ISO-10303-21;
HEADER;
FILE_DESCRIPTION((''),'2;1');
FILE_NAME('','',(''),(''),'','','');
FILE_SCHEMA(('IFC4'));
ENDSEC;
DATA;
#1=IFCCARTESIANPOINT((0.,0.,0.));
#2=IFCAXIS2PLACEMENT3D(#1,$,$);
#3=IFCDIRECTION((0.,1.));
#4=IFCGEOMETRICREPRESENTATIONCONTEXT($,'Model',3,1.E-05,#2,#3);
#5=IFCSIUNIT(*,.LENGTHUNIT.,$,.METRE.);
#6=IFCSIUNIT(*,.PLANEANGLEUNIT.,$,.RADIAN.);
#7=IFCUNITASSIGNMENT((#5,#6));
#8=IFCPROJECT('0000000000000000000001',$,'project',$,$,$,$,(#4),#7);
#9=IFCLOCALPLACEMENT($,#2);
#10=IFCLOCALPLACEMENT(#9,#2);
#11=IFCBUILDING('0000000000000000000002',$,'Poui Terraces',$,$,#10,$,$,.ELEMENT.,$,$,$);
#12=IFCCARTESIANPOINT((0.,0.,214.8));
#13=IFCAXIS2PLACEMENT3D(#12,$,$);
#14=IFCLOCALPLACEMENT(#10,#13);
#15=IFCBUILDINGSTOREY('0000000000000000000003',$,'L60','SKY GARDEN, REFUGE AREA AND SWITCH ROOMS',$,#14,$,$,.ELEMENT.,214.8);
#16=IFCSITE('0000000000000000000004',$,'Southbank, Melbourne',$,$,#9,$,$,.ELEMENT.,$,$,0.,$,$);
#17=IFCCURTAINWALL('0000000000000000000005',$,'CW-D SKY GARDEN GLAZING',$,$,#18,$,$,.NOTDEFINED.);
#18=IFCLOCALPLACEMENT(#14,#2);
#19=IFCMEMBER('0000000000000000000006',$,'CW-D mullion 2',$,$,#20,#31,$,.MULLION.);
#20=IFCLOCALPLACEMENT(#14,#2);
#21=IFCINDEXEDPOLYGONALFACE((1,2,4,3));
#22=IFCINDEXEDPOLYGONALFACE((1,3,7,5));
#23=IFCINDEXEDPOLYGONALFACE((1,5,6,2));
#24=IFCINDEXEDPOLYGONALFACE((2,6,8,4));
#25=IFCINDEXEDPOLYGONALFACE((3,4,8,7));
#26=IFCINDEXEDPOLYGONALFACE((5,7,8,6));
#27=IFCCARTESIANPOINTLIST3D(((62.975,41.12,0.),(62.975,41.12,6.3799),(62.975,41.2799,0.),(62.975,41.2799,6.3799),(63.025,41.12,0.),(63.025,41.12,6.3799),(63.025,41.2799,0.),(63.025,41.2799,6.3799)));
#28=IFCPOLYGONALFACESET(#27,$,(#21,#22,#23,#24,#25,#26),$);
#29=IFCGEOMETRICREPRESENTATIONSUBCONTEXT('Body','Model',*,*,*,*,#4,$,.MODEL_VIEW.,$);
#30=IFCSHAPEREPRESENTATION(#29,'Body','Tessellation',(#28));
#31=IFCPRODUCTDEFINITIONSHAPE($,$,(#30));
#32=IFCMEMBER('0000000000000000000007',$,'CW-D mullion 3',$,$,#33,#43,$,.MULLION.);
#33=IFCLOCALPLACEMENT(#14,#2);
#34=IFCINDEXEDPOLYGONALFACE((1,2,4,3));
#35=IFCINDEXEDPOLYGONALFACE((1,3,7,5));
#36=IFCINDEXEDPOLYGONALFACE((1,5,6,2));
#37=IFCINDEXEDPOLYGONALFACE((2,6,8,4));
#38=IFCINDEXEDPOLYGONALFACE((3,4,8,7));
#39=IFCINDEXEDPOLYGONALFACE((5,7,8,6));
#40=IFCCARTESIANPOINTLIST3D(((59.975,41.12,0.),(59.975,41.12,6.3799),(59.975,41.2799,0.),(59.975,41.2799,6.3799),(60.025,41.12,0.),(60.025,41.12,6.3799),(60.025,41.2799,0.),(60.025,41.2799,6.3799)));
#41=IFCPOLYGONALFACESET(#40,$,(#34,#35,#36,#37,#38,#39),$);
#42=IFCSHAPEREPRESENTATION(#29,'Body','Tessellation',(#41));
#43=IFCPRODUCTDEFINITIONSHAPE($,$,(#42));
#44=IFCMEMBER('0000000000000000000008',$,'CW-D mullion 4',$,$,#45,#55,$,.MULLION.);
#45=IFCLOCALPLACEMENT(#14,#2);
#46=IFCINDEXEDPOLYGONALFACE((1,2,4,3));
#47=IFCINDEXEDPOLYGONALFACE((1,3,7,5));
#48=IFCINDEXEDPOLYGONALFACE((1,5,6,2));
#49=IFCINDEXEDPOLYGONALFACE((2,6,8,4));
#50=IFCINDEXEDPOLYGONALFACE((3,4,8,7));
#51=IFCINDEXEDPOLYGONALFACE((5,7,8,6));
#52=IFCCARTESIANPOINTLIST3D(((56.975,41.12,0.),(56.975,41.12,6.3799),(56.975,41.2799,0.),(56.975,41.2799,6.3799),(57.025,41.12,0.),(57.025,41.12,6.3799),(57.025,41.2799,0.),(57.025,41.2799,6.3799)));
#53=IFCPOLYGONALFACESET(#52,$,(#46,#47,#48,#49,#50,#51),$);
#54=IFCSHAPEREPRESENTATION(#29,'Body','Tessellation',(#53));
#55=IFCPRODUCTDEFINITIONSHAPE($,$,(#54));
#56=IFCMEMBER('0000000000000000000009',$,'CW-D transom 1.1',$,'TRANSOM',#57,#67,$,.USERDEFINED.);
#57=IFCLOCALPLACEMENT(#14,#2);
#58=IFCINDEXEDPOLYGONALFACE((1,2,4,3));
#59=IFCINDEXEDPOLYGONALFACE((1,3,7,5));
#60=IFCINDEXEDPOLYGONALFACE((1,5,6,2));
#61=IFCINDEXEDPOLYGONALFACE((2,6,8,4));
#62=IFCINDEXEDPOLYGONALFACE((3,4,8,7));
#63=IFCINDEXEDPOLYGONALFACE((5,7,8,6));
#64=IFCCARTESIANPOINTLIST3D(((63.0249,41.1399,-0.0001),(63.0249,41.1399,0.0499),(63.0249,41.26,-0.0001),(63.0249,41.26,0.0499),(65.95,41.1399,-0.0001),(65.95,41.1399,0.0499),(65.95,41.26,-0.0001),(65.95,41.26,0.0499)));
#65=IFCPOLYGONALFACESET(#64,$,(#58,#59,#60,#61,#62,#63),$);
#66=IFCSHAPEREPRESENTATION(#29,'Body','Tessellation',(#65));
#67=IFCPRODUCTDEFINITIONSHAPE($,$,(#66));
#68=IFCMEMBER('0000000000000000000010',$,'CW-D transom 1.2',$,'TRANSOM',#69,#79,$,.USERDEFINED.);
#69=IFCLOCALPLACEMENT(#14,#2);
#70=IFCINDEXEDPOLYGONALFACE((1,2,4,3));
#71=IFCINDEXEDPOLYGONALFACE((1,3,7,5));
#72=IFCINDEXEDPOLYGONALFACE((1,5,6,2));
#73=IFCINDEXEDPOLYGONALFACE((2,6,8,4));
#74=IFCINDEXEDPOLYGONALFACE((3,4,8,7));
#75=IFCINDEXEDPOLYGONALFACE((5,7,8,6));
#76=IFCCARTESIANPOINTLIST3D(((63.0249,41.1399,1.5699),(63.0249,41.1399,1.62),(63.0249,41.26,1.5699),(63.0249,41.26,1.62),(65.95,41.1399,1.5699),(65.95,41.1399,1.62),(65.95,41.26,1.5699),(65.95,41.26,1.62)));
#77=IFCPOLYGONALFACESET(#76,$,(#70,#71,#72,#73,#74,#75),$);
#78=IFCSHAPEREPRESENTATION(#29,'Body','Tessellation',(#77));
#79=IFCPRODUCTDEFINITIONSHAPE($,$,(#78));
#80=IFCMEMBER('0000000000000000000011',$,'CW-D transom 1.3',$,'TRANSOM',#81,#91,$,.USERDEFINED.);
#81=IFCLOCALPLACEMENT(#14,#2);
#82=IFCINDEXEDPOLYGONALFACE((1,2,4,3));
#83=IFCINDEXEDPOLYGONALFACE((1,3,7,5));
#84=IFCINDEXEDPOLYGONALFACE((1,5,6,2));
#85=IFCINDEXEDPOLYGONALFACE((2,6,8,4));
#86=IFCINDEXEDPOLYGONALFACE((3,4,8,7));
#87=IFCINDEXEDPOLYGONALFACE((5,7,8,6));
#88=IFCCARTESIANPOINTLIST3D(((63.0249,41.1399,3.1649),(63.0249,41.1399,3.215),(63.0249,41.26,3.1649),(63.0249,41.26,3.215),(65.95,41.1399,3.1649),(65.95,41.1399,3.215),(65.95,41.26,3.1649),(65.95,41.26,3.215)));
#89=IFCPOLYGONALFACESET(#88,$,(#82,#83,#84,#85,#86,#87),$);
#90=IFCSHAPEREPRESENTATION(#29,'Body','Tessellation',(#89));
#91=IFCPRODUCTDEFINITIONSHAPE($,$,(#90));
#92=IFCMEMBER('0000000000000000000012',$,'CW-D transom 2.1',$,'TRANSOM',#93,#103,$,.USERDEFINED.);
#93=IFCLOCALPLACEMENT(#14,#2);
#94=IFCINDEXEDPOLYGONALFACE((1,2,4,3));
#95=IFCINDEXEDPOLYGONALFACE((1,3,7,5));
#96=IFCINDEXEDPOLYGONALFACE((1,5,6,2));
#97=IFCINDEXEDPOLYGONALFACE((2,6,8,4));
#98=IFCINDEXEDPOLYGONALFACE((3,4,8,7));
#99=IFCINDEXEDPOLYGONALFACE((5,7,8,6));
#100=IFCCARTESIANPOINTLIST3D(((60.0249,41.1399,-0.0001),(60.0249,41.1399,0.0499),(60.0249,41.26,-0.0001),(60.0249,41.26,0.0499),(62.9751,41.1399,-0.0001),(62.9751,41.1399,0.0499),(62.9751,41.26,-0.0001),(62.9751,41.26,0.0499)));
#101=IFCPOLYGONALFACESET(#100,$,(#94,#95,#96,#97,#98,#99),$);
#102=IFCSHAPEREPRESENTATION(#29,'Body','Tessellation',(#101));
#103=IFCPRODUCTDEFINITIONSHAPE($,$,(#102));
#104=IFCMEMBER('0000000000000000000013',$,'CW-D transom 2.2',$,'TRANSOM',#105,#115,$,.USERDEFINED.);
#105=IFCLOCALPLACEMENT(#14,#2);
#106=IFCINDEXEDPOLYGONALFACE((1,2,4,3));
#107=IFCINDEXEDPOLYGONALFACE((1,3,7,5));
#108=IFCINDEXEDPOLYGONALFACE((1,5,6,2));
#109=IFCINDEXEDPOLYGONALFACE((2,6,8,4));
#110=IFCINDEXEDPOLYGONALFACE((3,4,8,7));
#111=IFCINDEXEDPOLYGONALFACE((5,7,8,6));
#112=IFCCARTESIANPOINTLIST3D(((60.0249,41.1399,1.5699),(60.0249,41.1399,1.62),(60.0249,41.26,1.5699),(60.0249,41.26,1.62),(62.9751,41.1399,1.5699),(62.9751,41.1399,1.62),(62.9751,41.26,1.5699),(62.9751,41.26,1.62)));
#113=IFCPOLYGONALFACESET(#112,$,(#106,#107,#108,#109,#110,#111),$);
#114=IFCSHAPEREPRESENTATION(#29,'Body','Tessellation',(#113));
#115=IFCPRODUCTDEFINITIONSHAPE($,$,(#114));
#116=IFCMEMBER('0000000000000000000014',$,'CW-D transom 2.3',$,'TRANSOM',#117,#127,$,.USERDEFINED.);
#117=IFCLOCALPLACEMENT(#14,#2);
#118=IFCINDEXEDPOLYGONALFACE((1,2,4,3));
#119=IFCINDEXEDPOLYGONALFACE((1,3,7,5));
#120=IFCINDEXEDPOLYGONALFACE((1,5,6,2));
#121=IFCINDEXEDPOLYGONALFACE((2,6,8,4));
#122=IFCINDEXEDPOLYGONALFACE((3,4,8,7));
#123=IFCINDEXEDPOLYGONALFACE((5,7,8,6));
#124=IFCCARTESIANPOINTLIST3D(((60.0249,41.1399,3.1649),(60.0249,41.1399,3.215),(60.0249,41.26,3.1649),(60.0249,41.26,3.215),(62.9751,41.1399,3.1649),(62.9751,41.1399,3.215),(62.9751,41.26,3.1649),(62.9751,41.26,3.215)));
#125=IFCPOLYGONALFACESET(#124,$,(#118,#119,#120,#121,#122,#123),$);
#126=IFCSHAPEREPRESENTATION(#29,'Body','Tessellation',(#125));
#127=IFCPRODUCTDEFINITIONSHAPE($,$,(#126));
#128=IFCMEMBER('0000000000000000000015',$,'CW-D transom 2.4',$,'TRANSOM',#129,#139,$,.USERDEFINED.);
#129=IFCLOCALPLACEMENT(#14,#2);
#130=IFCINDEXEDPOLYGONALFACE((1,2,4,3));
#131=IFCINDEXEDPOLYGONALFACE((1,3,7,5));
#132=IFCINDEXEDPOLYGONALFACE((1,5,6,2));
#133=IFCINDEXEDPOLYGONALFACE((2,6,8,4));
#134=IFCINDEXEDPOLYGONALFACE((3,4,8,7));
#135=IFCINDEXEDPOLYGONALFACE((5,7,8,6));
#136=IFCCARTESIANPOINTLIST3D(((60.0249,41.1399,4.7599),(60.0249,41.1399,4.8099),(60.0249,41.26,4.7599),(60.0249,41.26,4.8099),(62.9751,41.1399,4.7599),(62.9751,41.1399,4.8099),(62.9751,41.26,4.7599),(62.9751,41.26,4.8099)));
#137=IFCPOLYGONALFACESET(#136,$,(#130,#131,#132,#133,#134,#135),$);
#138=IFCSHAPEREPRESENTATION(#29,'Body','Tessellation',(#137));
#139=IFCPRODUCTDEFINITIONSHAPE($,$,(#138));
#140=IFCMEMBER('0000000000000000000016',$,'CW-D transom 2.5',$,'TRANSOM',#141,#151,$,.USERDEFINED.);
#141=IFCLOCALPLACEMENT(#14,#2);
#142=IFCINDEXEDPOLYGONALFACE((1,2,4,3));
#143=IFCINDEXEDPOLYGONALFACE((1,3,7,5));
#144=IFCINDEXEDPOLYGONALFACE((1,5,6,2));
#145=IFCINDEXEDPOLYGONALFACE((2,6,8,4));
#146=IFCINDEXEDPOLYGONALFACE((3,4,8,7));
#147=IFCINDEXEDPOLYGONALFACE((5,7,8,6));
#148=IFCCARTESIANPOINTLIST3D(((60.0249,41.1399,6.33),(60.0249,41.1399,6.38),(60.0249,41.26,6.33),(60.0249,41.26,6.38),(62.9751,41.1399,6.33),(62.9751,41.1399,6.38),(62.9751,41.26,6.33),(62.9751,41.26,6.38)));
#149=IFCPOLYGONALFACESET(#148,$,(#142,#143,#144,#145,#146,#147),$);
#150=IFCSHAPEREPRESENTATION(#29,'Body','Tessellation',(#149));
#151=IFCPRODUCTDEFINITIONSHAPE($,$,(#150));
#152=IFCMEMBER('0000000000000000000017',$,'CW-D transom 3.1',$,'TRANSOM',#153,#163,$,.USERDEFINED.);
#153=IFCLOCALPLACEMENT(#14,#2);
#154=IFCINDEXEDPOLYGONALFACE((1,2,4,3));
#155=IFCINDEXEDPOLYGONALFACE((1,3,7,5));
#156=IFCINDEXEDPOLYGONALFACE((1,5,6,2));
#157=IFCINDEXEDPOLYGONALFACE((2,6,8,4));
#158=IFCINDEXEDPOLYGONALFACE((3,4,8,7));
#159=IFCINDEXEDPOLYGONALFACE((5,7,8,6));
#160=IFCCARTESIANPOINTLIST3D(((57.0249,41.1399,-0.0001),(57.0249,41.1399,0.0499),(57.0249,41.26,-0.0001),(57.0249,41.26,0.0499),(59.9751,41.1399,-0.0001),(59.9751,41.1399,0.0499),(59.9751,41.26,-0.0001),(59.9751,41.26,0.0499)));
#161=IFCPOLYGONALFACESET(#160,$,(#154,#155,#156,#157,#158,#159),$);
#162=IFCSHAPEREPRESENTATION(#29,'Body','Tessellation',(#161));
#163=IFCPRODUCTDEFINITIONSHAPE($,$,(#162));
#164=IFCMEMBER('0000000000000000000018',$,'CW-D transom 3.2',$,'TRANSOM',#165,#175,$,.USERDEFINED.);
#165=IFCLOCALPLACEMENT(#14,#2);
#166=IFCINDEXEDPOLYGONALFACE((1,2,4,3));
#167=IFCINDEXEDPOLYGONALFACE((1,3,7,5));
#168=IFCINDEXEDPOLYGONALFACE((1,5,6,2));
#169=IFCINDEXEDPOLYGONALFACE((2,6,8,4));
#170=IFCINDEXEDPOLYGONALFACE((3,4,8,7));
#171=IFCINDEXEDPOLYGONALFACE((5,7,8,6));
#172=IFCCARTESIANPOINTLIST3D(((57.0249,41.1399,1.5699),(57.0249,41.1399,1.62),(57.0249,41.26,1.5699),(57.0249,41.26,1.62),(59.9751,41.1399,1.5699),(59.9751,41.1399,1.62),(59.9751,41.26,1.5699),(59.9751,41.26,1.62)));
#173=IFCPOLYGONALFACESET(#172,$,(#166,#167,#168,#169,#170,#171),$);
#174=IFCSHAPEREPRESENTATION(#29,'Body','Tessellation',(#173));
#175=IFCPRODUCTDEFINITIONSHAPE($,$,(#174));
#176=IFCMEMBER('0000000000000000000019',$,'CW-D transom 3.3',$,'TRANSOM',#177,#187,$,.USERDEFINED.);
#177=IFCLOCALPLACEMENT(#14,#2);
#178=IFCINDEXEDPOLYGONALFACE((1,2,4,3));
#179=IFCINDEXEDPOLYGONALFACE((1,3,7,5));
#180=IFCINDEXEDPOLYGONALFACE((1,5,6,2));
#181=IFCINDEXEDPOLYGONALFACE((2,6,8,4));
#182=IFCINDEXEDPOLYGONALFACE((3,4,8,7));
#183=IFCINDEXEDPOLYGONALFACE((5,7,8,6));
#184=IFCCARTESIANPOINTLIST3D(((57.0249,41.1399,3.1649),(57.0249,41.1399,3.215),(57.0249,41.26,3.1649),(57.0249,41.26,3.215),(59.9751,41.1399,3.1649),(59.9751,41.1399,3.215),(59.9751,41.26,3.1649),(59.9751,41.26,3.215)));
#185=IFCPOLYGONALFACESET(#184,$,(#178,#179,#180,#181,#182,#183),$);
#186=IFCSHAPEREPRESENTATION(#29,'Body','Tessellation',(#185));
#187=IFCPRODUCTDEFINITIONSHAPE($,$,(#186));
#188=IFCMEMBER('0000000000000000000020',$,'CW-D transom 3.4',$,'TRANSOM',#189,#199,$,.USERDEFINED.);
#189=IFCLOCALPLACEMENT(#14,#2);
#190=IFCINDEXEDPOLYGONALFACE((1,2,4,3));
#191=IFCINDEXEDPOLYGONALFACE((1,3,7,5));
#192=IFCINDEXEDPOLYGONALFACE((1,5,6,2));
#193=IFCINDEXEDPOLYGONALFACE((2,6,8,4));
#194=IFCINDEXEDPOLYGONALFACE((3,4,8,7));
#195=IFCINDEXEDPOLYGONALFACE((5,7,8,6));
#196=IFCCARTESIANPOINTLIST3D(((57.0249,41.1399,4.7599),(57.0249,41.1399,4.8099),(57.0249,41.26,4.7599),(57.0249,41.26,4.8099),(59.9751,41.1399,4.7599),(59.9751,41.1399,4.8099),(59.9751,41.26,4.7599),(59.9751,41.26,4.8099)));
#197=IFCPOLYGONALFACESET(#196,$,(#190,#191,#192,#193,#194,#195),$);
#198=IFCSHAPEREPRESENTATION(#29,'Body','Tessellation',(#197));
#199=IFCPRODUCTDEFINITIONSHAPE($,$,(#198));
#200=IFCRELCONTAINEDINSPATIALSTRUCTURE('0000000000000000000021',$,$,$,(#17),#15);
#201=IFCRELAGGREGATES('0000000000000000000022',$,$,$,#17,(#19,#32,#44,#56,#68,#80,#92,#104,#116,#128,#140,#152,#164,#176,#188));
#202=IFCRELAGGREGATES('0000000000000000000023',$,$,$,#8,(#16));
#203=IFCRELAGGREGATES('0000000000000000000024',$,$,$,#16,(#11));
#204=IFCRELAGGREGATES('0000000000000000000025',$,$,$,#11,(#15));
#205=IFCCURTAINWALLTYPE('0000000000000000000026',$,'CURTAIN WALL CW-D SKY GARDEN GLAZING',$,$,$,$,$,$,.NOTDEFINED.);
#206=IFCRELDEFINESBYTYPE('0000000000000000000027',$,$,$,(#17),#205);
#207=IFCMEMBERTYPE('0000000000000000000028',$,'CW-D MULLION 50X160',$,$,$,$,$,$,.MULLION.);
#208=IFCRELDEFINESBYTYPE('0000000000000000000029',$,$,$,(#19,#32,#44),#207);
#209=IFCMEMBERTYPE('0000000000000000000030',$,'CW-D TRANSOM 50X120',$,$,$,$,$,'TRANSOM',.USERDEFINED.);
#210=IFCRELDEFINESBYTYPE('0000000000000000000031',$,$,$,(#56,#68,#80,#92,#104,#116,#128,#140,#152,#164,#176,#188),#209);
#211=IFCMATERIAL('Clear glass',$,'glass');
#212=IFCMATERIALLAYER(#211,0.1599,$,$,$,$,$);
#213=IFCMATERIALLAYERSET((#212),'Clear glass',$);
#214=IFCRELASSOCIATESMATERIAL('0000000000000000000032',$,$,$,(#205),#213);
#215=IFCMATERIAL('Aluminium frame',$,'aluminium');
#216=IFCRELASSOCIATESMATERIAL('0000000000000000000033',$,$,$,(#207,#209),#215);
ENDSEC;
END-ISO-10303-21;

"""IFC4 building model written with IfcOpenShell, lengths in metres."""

from ifc_helpers import new_model, si_unit, direction, frame, origin, origin_2d, place, context, subcontext, project, spatial, rectangle, extrude, material, layer, layer_set, material_profile, profile_set, type_object, element, aggregate, save


model = new_model("IFC4")

# Units and contexts
model_context = context("Model", 3, precision=1e-05, world=origin(), true_north=direction((0.0, 1.0)))
body_context = subcontext(model_context, "Body", "Model", "MODEL_VIEW")
ifc_project = project(units=[si_unit("LENGTHUNIT", "METRE"), si_unit("PLANEANGLEUNIT", "RADIAN")], contexts=[model_context])

# Site, building, storey
site_placement = place(None, origin())
site = spatial("IfcSite", under=ifc_project, at=site_placement, Name="Southbank, Melbourne", CompositionType="ELEMENT", RefElevation=0.0)
building_placement = place(site_placement, origin())
building = spatial("IfcBuilding", under=site, at=building_placement, Name="Poui Terraces", CompositionType="ELEMENT")
storey_placement = place(building_placement, frame((0.0, 0.0, 214.8)))
storey = spatial("IfcBuildingStorey", under=building, at=storey_placement, Name="L60", Description="SKY GARDEN, REFUGE AREA AND SWITCH ROOMS", CompositionType="ELEMENT", Elevation=214.8)

# Curtain wall, members
ifc_material_1 = material(Name="Clear glass", Category="glass")
ifc_layer_1 = layer(ifc_material_1, 0.1599)
ifc_layer_set_1 = layer_set([ifc_layer_1], Name="Clear glass")
curtain_wall_type = type_object("IfcCurtainWallType", Name="CURTAIN WALL CW-D SKY GARDEN GLAZING", PredefinedType="NOTDEFINED", material=ifc_layer_set_1)
curtain_wall_placement = place(storey_placement, origin())
curtain_wall = element("IfcCurtainWall", 1, at=curtain_wall_placement, inside=storey, type_object=curtain_wall_type, Name="CW-D SKY GARDEN GLAZING", PredefinedType="NOTDEFINED")
ifc_material_2 = material(Name="Aluminium frame", Category="aluminium")
ifc_material_profile_1 = material_profile(ifc_material_2, rectangle(XDim=0.1599, YDim=0.05, at=origin_2d()), Name="CW-D MULLION 50X160")
ifc_profile_set_1 = profile_set([ifc_material_profile_1], Name="Aluminium frame")
member_type_1 = type_object("IfcMemberType", Name="CW-D MULLION 50X160", PredefinedType="MULLION", material=ifc_profile_set_1)
member_1_placement = place(storey_placement, frame((63.0, 41.2, 0.0), z_axis=(0.0, 0.0, 1.0), x_axis=(0.0, -1.0, 0.0)))
member_1 = element("IfcMember", 2, at=member_1_placement, type_object=member_type_1, Name="CW-D mullion 2", PredefinedType="MULLION", context=body_context, shape_type="SweptSolid", body=[
    extrude(rectangle(XDim=0.1599, YDim=0.05, at=origin_2d()), origin(), (0.0, 0.0, 1.0), 6.3799),
])
member_2_placement = place(storey_placement, frame((60.0, 41.2, 0.0), z_axis=(0.0, 0.0, 1.0), x_axis=(0.0, -1.0, 0.0)))
member_2 = element("IfcMember", 3, at=member_2_placement, type_object=member_type_1, Name="CW-D mullion 3", PredefinedType="MULLION", context=body_context, shape_type="SweptSolid", body=[
    extrude(rectangle(XDim=0.1599, YDim=0.05, at=origin_2d()), origin(), (0.0, 0.0, 1.0), 6.3799),
])
member_3_placement = place(storey_placement, frame((57.0, 41.2, 0.0), z_axis=(0.0, 0.0, 1.0), x_axis=(0.0, -1.0, 0.0)))
member_3 = element("IfcMember", 4, at=member_3_placement, type_object=member_type_1, Name="CW-D mullion 4", PredefinedType="MULLION", context=body_context, shape_type="SweptSolid", body=[
    extrude(rectangle(XDim=0.1599, YDim=0.05, at=origin_2d()), origin(), (0.0, 0.0, 1.0), 6.3799),
])
ifc_material_profile_2 = material_profile(ifc_material_2, rectangle(XDim=0.1201, YDim=0.05, at=origin_2d()), Name="CW-D TRANSOM 50X120")
ifc_profile_set_2 = profile_set([ifc_material_profile_2], Name="Aluminium frame")
member_type_2 = type_object("IfcMemberType", Name="CW-D TRANSOM 50X120", ElementType="TRANSOM", PredefinedType="USERDEFINED", material=ifc_profile_set_2)
member_4_placement = place(storey_placement, frame((65.95, 41.2, 0.0249), z_axis=(-1.0, 0.0, 0.0), x_axis=(0.0, -1.0, 0.0)))
member_4 = element("IfcMember", 5, at=member_4_placement, type_object=member_type_2, Name="CW-D transom 1.1", ObjectType="TRANSOM", PredefinedType="USERDEFINED", context=body_context, shape_type="SweptSolid", body=[
    extrude(rectangle(XDim=0.1201, YDim=0.05, at=origin_2d()), origin(), (0.0, 0.0, 1.0), 2.925),
])
member_5_placement = place(storey_placement, frame((65.95, 41.2, 1.595), z_axis=(-1.0, 0.0, 0.0), x_axis=(0.0, -1.0, 0.0)))
member_5 = element("IfcMember", 6, at=member_5_placement, type_object=member_type_2, Name="CW-D transom 1.2", ObjectType="TRANSOM", PredefinedType="USERDEFINED", context=body_context, shape_type="SweptSolid", body=[
    extrude(rectangle(XDim=0.1201, YDim=0.05, at=origin_2d()), origin(), (0.0, 0.0, 1.0), 2.925),
])
member_6_placement = place(storey_placement, frame((65.95, 41.2, 3.1899), z_axis=(-1.0, 0.0, 0.0), x_axis=(0.0, -1.0, 0.0)))
member_6 = element("IfcMember", 7, at=member_6_placement, type_object=member_type_2, Name="CW-D transom 1.3", ObjectType="TRANSOM", PredefinedType="USERDEFINED", context=body_context, shape_type="SweptSolid", body=[
    extrude(rectangle(XDim=0.1201, YDim=0.05, at=origin_2d()), origin(), (0.0, 0.0, 1.0), 2.925),
])
member_7_placement = place(storey_placement, frame((62.9751, 41.2, 0.0249), z_axis=(-1.0, 0.0, 0.0), x_axis=(0.0, -1.0, 0.0)))
member_7 = element("IfcMember", 8, at=member_7_placement, type_object=member_type_2, Name="CW-D transom 2.1", ObjectType="TRANSOM", PredefinedType="USERDEFINED", context=body_context, shape_type="SweptSolid", body=[
    extrude(rectangle(XDim=0.1201, YDim=0.05, at=origin_2d()), origin(), (0.0, 0.0, 1.0), 2.9502),
])
member_8_placement = place(storey_placement, frame((62.9751, 41.2, 1.595), z_axis=(-1.0, 0.0, 0.0), x_axis=(0.0, -1.0, 0.0)))
member_8 = element("IfcMember", 9, at=member_8_placement, type_object=member_type_2, Name="CW-D transom 2.2", ObjectType="TRANSOM", PredefinedType="USERDEFINED", context=body_context, shape_type="SweptSolid", body=[
    extrude(rectangle(XDim=0.1201, YDim=0.05, at=origin_2d()), origin(), (0.0, 0.0, 1.0), 2.9502),
])
member_9_placement = place(storey_placement, frame((62.9751, 41.2, 3.1899), z_axis=(-1.0, 0.0, 0.0), x_axis=(0.0, -1.0, 0.0)))
member_9 = element("IfcMember", 10, at=member_9_placement, type_object=member_type_2, Name="CW-D transom 2.3", ObjectType="TRANSOM", PredefinedType="USERDEFINED", context=body_context, shape_type="SweptSolid", body=[
    extrude(rectangle(XDim=0.1201, YDim=0.05, at=origin_2d()), origin(), (0.0, 0.0, 1.0), 2.9502),
])
member_10_placement = place(storey_placement, frame((62.9751, 41.2, 4.7849), z_axis=(-1.0, 0.0, 0.0), x_axis=(0.0, -1.0, 0.0)))
member_10 = element("IfcMember", 11, at=member_10_placement, type_object=member_type_2, Name="CW-D transom 2.4", ObjectType="TRANSOM", PredefinedType="USERDEFINED", context=body_context, shape_type="SweptSolid", body=[
    extrude(rectangle(XDim=0.1201, YDim=0.05, at=origin_2d()), origin(), (0.0, 0.0, 1.0), 2.9502),
])
member_11_placement = place(storey_placement, frame((62.9751, 41.2, 6.355), z_axis=(-1.0, 0.0, 0.0), x_axis=(0.0, -1.0, 0.0)))
member_11 = element("IfcMember", 12, at=member_11_placement, type_object=member_type_2, Name="CW-D transom 2.5", ObjectType="TRANSOM", PredefinedType="USERDEFINED", context=body_context, shape_type="SweptSolid", body=[
    extrude(rectangle(XDim=0.1201, YDim=0.05, at=origin_2d()), origin(), (0.0, 0.0, 1.0), 2.9502),
])
member_12_placement = place(storey_placement, frame((59.9751, 41.2, 0.0249), z_axis=(-1.0, 0.0, 0.0), x_axis=(0.0, -1.0, 0.0)))
member_12 = element("IfcMember", 13, at=member_12_placement, type_object=member_type_2, Name="CW-D transom 3.1", ObjectType="TRANSOM", PredefinedType="USERDEFINED", context=body_context, shape_type="SweptSolid", body=[
    extrude(rectangle(XDim=0.1201, YDim=0.05, at=origin_2d()), origin(), (0.0, 0.0, 1.0), 2.9502),
])
member_13_placement = place(storey_placement, frame((59.9751, 41.2, 1.595), z_axis=(-1.0, 0.0, 0.0), x_axis=(0.0, -1.0, 0.0)))
member_13 = element("IfcMember", 14, at=member_13_placement, type_object=member_type_2, Name="CW-D transom 3.2", ObjectType="TRANSOM", PredefinedType="USERDEFINED", context=body_context, shape_type="SweptSolid", body=[
    extrude(rectangle(XDim=0.1201, YDim=0.05, at=origin_2d()), origin(), (0.0, 0.0, 1.0), 2.9502),
])
member_14_placement = place(storey_placement, frame((59.9751, 41.2, 3.1899), z_axis=(-1.0, 0.0, 0.0), x_axis=(0.0, -1.0, 0.0)))
member_14 = element("IfcMember", 15, at=member_14_placement, type_object=member_type_2, Name="CW-D transom 3.3", ObjectType="TRANSOM", PredefinedType="USERDEFINED", context=body_context, shape_type="SweptSolid", body=[
    extrude(rectangle(XDim=0.1201, YDim=0.05, at=origin_2d()), origin(), (0.0, 0.0, 1.0), 2.9502),
])
member_15_placement = place(storey_placement, frame((59.9751, 41.2, 4.7849), z_axis=(-1.0, 0.0, 0.0), x_axis=(0.0, -1.0, 0.0)))
member_15 = element("IfcMember", 16, at=member_15_placement, type_object=member_type_2, Name="CW-D transom 3.4", ObjectType="TRANSOM", PredefinedType="USERDEFINED", context=body_context, shape_type="SweptSolid", body=[
    extrude(rectangle(XDim=0.1201, YDim=0.05, at=origin_2d()), origin(), (0.0, 0.0, 1.0), 2.9502),
])
aggregate(curtain_wall, [member_1, member_2, member_3, member_4, member_5, member_6, member_7, member_8, member_9, member_10, member_11, member_12, member_13, member_14, member_15])

save(model, "model.ifc")
